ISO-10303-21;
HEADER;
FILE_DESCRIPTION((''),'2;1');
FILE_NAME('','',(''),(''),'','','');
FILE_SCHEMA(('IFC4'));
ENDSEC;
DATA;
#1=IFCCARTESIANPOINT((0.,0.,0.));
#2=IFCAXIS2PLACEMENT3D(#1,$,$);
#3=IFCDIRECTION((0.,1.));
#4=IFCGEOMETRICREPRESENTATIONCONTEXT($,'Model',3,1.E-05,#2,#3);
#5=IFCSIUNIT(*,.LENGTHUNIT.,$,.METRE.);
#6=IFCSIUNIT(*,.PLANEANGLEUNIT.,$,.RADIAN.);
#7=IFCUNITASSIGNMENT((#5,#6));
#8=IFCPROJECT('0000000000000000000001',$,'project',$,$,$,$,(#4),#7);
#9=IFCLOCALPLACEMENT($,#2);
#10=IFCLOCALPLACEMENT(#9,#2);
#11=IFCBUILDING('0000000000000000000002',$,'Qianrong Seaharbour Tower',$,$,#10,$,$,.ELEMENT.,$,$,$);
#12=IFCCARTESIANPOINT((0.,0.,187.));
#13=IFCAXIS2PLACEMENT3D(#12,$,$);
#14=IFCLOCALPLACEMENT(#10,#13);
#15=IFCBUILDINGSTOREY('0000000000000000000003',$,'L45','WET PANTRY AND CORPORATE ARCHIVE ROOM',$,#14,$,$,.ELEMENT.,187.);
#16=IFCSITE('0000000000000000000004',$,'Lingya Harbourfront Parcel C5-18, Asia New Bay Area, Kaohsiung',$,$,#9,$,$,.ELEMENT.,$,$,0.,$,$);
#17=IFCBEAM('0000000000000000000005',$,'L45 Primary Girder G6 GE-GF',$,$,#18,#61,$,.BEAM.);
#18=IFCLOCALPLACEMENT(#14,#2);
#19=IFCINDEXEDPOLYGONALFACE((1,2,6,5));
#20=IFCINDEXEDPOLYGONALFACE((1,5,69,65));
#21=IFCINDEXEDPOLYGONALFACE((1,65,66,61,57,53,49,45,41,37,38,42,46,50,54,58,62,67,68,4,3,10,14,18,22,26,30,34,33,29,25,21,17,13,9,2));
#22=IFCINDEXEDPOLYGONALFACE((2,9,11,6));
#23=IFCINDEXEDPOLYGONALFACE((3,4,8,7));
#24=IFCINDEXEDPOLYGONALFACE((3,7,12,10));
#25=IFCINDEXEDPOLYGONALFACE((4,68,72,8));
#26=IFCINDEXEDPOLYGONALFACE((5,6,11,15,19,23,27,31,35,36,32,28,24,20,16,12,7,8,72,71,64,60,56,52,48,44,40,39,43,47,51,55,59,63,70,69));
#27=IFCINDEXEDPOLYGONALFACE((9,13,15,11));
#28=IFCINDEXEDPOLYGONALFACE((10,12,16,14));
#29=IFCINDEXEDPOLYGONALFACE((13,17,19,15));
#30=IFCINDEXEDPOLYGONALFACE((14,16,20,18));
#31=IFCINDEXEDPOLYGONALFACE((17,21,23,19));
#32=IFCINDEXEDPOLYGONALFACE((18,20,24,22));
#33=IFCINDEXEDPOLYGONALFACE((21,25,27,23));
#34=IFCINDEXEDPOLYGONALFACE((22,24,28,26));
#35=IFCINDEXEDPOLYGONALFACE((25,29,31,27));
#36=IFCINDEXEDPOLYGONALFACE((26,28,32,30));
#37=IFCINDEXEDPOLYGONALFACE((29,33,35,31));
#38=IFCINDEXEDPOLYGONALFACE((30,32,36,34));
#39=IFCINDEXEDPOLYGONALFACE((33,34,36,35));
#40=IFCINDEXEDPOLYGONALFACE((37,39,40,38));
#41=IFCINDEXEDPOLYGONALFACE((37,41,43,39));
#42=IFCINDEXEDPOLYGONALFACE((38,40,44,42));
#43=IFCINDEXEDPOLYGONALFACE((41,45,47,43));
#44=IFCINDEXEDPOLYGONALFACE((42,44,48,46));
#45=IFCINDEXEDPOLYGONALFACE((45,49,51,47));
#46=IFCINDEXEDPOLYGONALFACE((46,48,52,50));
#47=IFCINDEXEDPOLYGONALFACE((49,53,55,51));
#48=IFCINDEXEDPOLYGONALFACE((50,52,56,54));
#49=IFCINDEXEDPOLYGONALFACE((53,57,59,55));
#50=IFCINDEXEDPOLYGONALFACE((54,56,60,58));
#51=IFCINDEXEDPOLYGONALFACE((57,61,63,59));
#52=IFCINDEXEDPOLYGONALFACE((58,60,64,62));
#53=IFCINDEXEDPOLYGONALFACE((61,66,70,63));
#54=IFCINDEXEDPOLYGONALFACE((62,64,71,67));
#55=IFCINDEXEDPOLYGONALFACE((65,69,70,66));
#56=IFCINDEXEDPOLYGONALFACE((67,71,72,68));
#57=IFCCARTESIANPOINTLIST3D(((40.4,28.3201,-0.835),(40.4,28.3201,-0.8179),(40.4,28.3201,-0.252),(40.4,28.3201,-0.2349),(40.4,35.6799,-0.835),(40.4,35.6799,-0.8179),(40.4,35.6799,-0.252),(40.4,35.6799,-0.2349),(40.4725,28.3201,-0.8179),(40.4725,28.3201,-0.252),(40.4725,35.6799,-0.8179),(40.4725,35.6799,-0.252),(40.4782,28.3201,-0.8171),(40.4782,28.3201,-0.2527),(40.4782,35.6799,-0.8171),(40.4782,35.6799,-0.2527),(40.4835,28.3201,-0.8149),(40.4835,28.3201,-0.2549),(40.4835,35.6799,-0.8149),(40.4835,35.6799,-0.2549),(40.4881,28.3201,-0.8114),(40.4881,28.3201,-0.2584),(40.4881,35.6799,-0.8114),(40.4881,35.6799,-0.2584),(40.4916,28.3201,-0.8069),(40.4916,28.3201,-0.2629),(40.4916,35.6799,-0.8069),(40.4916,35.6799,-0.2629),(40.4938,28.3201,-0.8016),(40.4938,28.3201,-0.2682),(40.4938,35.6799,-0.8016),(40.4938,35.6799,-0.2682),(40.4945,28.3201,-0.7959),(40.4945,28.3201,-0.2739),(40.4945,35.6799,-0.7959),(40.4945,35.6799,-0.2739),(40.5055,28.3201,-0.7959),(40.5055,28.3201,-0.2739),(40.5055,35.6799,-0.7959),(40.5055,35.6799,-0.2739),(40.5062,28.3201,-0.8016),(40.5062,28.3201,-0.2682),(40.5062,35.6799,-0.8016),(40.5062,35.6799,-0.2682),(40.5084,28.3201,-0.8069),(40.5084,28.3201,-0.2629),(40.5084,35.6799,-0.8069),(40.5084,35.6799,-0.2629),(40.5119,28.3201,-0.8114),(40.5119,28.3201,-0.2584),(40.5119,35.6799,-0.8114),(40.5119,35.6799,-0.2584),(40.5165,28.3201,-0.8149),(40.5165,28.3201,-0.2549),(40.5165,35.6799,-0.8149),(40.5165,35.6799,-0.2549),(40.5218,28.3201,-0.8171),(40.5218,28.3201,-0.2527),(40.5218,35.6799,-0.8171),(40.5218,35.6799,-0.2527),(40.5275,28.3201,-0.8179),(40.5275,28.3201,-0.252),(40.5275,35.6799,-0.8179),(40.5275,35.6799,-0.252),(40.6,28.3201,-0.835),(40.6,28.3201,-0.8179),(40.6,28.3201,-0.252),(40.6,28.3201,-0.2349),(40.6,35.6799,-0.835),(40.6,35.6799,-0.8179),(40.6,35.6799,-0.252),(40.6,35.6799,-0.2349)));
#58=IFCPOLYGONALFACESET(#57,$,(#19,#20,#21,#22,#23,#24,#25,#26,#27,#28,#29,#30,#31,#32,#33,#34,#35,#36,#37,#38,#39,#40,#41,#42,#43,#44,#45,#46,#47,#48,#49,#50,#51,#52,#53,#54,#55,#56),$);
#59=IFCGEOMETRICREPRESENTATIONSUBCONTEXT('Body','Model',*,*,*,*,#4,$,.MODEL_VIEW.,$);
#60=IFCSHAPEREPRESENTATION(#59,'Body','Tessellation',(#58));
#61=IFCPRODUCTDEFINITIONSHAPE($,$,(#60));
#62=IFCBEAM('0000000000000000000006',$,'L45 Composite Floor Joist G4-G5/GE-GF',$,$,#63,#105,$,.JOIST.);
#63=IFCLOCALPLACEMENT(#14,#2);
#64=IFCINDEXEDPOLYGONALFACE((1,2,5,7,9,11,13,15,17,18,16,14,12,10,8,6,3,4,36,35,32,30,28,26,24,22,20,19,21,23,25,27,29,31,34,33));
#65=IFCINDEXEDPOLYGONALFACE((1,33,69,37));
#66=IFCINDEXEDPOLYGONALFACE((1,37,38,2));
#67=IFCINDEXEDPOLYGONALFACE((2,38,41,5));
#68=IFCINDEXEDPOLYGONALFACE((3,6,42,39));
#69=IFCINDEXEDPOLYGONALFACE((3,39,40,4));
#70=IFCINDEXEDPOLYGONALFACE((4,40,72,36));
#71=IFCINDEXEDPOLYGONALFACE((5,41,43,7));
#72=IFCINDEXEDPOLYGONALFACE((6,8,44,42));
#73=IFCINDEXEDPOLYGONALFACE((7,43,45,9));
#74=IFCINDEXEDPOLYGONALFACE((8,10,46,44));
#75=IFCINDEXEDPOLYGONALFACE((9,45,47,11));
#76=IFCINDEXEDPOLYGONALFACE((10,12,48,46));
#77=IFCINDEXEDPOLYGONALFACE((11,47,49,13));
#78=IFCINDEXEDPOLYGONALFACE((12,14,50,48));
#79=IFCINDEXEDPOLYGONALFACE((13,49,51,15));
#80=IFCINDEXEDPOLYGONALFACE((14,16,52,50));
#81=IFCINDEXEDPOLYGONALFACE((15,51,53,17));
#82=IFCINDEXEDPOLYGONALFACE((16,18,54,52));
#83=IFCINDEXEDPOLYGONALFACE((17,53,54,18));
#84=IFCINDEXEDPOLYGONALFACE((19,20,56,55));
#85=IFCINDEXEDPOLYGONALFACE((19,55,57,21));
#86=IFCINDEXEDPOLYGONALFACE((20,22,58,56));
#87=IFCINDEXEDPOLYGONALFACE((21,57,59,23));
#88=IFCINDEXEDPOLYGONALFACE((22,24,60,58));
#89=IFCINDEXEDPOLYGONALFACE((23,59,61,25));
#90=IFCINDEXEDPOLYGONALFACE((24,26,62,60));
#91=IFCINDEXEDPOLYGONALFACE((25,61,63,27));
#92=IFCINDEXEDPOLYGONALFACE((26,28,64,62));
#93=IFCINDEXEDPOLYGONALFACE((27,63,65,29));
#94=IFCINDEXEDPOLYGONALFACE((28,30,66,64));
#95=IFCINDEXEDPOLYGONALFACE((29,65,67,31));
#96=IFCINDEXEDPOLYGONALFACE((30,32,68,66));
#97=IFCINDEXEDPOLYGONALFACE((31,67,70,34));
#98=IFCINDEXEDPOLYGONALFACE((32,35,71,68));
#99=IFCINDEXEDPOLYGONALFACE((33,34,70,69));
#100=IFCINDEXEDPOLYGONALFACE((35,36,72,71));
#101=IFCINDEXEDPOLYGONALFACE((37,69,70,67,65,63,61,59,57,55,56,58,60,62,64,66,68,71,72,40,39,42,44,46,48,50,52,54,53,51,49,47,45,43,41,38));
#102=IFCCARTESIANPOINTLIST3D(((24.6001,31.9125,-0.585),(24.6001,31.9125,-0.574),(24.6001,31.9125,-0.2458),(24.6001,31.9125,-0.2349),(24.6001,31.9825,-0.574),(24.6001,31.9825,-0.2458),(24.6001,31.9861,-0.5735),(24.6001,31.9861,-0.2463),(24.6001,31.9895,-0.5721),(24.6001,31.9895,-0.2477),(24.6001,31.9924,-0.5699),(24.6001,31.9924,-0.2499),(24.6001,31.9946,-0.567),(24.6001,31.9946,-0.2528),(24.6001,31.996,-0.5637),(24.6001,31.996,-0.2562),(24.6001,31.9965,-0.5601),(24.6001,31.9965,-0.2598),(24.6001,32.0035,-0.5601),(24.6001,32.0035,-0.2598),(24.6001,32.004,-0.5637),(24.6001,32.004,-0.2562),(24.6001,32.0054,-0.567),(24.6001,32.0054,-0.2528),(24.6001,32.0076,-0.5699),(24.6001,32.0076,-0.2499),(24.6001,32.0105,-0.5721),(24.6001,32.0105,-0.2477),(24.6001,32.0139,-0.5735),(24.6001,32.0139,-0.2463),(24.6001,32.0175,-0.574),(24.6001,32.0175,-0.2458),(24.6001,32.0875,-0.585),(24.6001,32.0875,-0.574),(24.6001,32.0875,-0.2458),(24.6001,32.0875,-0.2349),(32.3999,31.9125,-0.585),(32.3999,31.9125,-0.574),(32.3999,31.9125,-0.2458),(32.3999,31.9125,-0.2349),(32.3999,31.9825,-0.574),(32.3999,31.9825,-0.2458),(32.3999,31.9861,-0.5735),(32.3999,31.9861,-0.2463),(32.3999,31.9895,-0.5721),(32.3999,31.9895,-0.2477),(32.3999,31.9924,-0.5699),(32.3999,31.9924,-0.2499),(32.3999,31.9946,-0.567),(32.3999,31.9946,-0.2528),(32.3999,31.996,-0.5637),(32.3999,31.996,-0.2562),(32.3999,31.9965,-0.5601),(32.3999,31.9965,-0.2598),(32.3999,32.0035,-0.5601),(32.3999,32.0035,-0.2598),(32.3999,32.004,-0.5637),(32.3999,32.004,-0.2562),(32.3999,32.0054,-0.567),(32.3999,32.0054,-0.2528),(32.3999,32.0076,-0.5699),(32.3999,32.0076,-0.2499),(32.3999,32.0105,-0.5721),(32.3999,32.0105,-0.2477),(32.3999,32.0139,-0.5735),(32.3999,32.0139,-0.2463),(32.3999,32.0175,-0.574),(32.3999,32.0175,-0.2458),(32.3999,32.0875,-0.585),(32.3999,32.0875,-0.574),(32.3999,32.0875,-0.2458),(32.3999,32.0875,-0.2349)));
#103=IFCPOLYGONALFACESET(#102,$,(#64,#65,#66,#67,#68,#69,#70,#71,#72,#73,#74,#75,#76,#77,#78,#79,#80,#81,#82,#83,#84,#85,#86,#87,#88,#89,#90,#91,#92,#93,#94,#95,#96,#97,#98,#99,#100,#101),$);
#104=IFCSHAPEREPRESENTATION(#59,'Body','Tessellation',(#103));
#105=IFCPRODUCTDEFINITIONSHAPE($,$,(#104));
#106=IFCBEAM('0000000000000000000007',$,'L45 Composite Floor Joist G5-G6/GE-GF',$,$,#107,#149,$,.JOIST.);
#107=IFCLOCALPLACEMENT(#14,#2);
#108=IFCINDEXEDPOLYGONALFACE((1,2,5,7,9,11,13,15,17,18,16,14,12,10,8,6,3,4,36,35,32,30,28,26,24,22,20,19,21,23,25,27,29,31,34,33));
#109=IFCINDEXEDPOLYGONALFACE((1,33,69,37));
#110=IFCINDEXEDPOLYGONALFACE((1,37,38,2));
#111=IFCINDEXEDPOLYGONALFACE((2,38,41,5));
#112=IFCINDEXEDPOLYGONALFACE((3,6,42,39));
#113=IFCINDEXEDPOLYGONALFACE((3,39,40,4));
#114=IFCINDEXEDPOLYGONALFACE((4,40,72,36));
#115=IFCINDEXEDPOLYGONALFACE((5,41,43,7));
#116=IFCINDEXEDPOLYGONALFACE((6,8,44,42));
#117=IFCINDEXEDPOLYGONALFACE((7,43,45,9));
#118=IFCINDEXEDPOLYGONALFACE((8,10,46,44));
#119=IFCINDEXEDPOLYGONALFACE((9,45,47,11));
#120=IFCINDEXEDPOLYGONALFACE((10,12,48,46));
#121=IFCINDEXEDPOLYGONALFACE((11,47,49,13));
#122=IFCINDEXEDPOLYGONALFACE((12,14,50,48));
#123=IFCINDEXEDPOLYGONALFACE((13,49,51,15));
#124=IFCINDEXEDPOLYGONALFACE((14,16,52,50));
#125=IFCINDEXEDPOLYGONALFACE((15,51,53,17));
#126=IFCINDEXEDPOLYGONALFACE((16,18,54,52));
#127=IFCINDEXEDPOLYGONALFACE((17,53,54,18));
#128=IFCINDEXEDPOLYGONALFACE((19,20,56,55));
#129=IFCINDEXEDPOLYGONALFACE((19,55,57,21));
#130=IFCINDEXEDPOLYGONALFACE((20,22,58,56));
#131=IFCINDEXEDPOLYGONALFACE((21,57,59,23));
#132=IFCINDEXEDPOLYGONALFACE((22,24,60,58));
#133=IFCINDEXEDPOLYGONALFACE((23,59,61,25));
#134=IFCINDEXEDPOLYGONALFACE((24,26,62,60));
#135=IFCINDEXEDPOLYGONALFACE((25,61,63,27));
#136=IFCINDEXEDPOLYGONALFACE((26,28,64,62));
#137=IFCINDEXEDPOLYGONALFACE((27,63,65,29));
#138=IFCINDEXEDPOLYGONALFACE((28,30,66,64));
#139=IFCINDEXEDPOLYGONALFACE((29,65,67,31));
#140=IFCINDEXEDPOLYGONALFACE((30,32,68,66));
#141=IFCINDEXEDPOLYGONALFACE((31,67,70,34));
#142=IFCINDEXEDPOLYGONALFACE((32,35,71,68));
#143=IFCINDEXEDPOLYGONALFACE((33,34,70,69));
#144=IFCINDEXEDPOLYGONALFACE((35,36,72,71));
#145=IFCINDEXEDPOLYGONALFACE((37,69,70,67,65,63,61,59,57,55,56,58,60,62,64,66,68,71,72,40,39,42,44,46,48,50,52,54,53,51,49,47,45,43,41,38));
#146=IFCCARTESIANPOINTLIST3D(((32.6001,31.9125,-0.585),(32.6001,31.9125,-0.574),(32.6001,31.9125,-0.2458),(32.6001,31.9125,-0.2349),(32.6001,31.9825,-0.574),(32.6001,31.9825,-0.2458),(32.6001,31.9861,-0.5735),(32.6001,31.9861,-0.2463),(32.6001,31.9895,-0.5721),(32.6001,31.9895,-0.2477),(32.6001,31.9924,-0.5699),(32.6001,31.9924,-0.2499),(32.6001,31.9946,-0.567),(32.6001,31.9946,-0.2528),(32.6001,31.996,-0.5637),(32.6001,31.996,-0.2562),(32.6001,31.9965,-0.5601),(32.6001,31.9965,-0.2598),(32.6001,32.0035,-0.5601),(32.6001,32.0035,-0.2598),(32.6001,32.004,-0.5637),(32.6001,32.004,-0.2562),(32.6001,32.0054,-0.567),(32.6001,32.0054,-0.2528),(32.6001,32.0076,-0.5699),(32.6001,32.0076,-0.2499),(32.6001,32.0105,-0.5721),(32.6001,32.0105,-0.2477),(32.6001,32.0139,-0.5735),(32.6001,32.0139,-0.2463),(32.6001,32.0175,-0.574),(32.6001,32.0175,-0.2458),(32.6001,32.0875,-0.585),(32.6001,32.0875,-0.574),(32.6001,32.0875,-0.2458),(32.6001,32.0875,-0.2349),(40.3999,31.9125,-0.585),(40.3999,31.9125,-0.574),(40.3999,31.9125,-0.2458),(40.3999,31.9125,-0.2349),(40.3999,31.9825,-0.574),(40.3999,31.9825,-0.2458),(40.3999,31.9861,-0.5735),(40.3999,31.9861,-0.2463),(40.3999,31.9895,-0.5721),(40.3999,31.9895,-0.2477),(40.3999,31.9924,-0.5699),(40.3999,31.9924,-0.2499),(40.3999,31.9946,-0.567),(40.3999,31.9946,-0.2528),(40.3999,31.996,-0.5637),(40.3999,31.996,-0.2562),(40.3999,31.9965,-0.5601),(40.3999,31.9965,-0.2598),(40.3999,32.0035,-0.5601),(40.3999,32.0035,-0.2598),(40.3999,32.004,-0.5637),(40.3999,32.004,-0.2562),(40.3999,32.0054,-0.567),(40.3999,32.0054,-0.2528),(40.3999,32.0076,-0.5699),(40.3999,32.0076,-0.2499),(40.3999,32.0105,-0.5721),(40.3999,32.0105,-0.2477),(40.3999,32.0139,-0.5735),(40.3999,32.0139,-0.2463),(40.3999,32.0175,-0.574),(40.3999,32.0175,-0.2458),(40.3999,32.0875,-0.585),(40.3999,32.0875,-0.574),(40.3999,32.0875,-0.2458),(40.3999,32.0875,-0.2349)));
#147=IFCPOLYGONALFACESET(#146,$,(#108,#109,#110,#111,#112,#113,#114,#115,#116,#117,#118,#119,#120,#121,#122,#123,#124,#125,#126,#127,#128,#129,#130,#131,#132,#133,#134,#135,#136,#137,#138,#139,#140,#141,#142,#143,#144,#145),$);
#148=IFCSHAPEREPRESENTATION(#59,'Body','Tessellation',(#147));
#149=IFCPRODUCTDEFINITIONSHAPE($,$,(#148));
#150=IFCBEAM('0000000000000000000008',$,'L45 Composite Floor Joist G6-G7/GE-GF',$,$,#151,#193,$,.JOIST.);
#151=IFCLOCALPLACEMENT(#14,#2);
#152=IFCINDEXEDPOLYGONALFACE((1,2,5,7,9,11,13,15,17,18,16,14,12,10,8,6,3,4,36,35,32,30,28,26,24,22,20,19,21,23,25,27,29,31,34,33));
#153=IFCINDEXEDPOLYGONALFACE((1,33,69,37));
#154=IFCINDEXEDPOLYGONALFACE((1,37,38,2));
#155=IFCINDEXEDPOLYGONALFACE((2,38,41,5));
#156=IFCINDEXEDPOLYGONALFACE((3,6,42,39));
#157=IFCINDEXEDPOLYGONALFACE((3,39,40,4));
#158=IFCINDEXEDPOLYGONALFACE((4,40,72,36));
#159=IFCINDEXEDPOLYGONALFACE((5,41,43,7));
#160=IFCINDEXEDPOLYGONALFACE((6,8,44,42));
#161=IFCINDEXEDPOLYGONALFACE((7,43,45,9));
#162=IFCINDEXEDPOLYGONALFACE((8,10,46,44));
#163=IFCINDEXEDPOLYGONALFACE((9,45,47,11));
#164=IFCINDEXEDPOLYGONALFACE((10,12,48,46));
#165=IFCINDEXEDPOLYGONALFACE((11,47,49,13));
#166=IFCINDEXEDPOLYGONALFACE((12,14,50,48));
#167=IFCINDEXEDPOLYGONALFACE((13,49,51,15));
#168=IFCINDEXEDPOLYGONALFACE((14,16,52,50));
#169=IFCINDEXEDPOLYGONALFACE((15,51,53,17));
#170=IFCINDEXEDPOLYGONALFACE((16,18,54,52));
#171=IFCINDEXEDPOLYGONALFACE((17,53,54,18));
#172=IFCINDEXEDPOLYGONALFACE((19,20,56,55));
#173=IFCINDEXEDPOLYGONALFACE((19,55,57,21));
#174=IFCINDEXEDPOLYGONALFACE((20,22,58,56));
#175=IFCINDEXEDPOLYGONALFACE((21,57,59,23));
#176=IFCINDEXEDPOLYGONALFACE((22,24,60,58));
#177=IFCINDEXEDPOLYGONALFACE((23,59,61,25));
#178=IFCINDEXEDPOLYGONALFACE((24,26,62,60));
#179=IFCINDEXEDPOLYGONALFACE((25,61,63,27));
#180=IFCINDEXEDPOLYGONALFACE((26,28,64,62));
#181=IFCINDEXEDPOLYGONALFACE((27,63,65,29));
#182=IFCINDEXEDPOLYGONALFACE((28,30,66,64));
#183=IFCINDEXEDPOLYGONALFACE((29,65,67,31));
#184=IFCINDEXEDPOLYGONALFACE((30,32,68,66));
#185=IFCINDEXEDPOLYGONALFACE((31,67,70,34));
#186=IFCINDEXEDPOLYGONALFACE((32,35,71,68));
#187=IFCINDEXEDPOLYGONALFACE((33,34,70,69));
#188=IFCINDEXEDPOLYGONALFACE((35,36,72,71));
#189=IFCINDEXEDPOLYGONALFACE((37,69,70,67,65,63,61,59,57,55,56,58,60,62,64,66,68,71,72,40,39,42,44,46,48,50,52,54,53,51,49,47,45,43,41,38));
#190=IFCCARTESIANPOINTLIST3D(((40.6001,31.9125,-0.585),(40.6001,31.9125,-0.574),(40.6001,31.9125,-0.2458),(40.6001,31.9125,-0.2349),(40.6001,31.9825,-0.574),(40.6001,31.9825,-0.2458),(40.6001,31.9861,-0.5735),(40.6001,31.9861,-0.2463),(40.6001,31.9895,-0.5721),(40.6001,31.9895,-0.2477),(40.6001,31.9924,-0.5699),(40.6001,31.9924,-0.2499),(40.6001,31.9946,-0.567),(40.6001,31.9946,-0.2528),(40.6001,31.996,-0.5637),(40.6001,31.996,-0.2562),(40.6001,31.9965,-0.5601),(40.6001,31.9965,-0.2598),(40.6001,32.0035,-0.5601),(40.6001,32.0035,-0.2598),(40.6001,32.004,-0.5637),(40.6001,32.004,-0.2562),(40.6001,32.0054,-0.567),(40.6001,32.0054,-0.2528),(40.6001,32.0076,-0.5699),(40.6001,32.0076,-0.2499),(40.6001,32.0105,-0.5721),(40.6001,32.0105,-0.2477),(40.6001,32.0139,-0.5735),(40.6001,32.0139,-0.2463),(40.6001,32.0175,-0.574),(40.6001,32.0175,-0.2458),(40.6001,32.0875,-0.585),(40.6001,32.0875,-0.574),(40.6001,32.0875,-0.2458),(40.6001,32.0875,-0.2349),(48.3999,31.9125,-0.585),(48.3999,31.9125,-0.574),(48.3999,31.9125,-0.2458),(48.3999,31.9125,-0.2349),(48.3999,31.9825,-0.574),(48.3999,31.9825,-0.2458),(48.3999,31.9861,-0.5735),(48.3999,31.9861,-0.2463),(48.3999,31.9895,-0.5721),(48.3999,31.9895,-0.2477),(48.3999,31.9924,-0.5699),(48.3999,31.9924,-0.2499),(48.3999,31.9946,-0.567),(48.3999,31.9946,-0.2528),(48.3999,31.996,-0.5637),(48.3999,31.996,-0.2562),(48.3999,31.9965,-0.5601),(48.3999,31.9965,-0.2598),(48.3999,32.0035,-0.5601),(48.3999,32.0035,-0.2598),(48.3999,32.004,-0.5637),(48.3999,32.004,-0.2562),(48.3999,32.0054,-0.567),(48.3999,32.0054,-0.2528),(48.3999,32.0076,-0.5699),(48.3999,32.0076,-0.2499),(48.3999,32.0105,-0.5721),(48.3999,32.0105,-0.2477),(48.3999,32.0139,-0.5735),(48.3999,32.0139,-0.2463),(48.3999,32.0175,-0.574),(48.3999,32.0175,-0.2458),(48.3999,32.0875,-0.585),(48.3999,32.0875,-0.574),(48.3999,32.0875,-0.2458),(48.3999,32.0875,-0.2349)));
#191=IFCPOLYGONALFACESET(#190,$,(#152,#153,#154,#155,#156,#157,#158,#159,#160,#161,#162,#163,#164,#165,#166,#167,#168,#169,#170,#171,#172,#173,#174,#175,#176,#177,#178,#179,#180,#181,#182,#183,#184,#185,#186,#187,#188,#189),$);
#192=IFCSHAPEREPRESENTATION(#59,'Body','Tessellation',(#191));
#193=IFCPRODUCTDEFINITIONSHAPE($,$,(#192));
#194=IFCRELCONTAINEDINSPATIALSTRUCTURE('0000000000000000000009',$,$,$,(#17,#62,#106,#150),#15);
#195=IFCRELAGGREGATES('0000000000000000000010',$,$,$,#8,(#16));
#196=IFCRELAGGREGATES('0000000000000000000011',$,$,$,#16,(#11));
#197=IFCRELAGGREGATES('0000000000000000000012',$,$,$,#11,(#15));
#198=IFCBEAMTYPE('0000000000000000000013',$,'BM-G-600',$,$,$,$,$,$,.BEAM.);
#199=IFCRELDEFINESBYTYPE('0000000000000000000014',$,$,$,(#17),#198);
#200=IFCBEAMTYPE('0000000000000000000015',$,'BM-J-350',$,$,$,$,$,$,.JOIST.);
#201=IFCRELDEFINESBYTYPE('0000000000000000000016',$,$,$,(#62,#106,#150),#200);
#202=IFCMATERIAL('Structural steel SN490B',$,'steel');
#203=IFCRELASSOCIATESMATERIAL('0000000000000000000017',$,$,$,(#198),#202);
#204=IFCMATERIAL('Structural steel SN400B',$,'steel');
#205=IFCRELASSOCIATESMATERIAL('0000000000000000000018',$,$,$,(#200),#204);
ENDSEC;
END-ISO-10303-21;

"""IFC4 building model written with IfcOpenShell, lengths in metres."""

from ifc_helpers import new_model, si_unit, direction, frame, origin, origin_2d, place, context, subcontext, project, spatial, i_section, extrude, material, material_profile, profile_set, type_object, element, save


model = new_model("IFC4")

# Units and contexts
model_context = context("Model", 3, precision=1e-05, world=origin(), true_north=direction((0.0, 1.0)))
body_context = subcontext(model_context, "Body", "Model", "MODEL_VIEW")
ifc_project = project(units=[si_unit("LENGTHUNIT", "METRE"), si_unit("PLANEANGLEUNIT", "RADIAN")], contexts=[model_context])

# Site, building, storey
site_placement = place(None, origin())
site = spatial("IfcSite", under=ifc_project, at=site_placement, Name="Lingya Harbourfront Parcel C5-18, Asia New Bay Area, Kaohsiung", CompositionType="ELEMENT", RefElevation=0.0)
building_placement = place(site_placement, origin())
building = spatial("IfcBuilding", under=site, at=building_placement, Name="Qianrong Seaharbour Tower", CompositionType="ELEMENT")
storey_placement = place(building_placement, frame((0.0, 0.0, 187.0)))
storey = spatial("IfcBuildingStorey", under=building, at=storey_placement, Name="L45", Description="WET PANTRY AND CORPORATE ARCHIVE ROOM", CompositionType="ELEMENT", Elevation=187.0)

# Shared definitions
ifc_material_1 = material(Name="Structural steel SN490B", Category="steel")

# Beams
ifc_material_profile_1 = material_profile(ifc_material_1, i_section(OverallWidth=0.2, OverallDepth=0.6001, WebThickness=0.011, FlangeThickness=0.0171, FilletRadius=0.022, at=origin_2d()), Name="H600x200x11x17")
ifc_profile_set_1 = profile_set([ifc_material_profile_1], Name="Structural steel SN490B")
beam_type_1 = type_object("IfcBeamType", Name="BM-G-600", PredefinedType="BEAM", material=ifc_profile_set_1)
for number, where, z_axis, x_axis, name in (
    (1, (40.5, 28.3201, -0.5349), (0.0, 1.0, 0.0), (-1.0, 0.0, 0.0), "L45 Primary Girder G6 GE-GF"),
):
    element("IfcBeam", number, at=place(storey_placement, frame(where, z_axis=z_axis, x_axis=x_axis)), inside=storey, type_object=beam_type_1, Name=name, PredefinedType="BEAM", context=body_context, shape_type="SweptSolid", body=[
        extrude(i_section(OverallWidth=0.2, OverallDepth=0.6001, WebThickness=0.011, FlangeThickness=0.0171, FilletRadius=0.022, at=origin_2d()), origin(), (0.0, 0.0, 1.0), 7.3599),
    ])
ifc_material_2 = material(Name="Structural steel SN400B", Category="steel")
ifc_material_profile_2 = material_profile(ifc_material_2, i_section(OverallWidth=0.175, OverallDepth=0.3501, WebThickness=0.0071, FlangeThickness=0.011, FilletRadius=0.0139, at=origin_2d()), Name="H350x175x7x11")
ifc_profile_set_2 = profile_set([ifc_material_profile_2], Name="Structural steel SN400B")
beam_type_2 = type_object("IfcBeamType", Name="BM-J-350", PredefinedType="JOIST", material=ifc_profile_set_2)
for number, where, z_axis, x_axis, name in (
    (2, (24.6001, 32.0, -0.4099), (1.0, 0.0, 0.0), (0.0, 1.0, 0.0), "L45 Composite Floor Joist G4-G5/GE-GF"),
    (3, (32.6001, 32.0, -0.4099), (1.0, 0.0, 0.0), (0.0, 1.0, 0.0), "L45 Composite Floor Joist G5-G6/GE-GF"),
    (4, (40.6001, 32.0, -0.4099), (1.0, 0.0, 0.0), (0.0, 1.0, 0.0), "L45 Composite Floor Joist G6-G7/GE-GF"),
):
    element("IfcBeam", number, at=place(storey_placement, frame(where, z_axis=z_axis, x_axis=x_axis)), inside=storey, type_object=beam_type_2, Name=name, PredefinedType="JOIST", context=body_context, shape_type="SweptSolid", body=[
        extrude(i_section(OverallWidth=0.175, OverallDepth=0.3501, WebThickness=0.0071, FlangeThickness=0.011, FilletRadius=0.0139, at=origin_2d()), origin(), (0.0, 0.0, 1.0), 7.7998),
    ])

save(model, "model.ifc")
